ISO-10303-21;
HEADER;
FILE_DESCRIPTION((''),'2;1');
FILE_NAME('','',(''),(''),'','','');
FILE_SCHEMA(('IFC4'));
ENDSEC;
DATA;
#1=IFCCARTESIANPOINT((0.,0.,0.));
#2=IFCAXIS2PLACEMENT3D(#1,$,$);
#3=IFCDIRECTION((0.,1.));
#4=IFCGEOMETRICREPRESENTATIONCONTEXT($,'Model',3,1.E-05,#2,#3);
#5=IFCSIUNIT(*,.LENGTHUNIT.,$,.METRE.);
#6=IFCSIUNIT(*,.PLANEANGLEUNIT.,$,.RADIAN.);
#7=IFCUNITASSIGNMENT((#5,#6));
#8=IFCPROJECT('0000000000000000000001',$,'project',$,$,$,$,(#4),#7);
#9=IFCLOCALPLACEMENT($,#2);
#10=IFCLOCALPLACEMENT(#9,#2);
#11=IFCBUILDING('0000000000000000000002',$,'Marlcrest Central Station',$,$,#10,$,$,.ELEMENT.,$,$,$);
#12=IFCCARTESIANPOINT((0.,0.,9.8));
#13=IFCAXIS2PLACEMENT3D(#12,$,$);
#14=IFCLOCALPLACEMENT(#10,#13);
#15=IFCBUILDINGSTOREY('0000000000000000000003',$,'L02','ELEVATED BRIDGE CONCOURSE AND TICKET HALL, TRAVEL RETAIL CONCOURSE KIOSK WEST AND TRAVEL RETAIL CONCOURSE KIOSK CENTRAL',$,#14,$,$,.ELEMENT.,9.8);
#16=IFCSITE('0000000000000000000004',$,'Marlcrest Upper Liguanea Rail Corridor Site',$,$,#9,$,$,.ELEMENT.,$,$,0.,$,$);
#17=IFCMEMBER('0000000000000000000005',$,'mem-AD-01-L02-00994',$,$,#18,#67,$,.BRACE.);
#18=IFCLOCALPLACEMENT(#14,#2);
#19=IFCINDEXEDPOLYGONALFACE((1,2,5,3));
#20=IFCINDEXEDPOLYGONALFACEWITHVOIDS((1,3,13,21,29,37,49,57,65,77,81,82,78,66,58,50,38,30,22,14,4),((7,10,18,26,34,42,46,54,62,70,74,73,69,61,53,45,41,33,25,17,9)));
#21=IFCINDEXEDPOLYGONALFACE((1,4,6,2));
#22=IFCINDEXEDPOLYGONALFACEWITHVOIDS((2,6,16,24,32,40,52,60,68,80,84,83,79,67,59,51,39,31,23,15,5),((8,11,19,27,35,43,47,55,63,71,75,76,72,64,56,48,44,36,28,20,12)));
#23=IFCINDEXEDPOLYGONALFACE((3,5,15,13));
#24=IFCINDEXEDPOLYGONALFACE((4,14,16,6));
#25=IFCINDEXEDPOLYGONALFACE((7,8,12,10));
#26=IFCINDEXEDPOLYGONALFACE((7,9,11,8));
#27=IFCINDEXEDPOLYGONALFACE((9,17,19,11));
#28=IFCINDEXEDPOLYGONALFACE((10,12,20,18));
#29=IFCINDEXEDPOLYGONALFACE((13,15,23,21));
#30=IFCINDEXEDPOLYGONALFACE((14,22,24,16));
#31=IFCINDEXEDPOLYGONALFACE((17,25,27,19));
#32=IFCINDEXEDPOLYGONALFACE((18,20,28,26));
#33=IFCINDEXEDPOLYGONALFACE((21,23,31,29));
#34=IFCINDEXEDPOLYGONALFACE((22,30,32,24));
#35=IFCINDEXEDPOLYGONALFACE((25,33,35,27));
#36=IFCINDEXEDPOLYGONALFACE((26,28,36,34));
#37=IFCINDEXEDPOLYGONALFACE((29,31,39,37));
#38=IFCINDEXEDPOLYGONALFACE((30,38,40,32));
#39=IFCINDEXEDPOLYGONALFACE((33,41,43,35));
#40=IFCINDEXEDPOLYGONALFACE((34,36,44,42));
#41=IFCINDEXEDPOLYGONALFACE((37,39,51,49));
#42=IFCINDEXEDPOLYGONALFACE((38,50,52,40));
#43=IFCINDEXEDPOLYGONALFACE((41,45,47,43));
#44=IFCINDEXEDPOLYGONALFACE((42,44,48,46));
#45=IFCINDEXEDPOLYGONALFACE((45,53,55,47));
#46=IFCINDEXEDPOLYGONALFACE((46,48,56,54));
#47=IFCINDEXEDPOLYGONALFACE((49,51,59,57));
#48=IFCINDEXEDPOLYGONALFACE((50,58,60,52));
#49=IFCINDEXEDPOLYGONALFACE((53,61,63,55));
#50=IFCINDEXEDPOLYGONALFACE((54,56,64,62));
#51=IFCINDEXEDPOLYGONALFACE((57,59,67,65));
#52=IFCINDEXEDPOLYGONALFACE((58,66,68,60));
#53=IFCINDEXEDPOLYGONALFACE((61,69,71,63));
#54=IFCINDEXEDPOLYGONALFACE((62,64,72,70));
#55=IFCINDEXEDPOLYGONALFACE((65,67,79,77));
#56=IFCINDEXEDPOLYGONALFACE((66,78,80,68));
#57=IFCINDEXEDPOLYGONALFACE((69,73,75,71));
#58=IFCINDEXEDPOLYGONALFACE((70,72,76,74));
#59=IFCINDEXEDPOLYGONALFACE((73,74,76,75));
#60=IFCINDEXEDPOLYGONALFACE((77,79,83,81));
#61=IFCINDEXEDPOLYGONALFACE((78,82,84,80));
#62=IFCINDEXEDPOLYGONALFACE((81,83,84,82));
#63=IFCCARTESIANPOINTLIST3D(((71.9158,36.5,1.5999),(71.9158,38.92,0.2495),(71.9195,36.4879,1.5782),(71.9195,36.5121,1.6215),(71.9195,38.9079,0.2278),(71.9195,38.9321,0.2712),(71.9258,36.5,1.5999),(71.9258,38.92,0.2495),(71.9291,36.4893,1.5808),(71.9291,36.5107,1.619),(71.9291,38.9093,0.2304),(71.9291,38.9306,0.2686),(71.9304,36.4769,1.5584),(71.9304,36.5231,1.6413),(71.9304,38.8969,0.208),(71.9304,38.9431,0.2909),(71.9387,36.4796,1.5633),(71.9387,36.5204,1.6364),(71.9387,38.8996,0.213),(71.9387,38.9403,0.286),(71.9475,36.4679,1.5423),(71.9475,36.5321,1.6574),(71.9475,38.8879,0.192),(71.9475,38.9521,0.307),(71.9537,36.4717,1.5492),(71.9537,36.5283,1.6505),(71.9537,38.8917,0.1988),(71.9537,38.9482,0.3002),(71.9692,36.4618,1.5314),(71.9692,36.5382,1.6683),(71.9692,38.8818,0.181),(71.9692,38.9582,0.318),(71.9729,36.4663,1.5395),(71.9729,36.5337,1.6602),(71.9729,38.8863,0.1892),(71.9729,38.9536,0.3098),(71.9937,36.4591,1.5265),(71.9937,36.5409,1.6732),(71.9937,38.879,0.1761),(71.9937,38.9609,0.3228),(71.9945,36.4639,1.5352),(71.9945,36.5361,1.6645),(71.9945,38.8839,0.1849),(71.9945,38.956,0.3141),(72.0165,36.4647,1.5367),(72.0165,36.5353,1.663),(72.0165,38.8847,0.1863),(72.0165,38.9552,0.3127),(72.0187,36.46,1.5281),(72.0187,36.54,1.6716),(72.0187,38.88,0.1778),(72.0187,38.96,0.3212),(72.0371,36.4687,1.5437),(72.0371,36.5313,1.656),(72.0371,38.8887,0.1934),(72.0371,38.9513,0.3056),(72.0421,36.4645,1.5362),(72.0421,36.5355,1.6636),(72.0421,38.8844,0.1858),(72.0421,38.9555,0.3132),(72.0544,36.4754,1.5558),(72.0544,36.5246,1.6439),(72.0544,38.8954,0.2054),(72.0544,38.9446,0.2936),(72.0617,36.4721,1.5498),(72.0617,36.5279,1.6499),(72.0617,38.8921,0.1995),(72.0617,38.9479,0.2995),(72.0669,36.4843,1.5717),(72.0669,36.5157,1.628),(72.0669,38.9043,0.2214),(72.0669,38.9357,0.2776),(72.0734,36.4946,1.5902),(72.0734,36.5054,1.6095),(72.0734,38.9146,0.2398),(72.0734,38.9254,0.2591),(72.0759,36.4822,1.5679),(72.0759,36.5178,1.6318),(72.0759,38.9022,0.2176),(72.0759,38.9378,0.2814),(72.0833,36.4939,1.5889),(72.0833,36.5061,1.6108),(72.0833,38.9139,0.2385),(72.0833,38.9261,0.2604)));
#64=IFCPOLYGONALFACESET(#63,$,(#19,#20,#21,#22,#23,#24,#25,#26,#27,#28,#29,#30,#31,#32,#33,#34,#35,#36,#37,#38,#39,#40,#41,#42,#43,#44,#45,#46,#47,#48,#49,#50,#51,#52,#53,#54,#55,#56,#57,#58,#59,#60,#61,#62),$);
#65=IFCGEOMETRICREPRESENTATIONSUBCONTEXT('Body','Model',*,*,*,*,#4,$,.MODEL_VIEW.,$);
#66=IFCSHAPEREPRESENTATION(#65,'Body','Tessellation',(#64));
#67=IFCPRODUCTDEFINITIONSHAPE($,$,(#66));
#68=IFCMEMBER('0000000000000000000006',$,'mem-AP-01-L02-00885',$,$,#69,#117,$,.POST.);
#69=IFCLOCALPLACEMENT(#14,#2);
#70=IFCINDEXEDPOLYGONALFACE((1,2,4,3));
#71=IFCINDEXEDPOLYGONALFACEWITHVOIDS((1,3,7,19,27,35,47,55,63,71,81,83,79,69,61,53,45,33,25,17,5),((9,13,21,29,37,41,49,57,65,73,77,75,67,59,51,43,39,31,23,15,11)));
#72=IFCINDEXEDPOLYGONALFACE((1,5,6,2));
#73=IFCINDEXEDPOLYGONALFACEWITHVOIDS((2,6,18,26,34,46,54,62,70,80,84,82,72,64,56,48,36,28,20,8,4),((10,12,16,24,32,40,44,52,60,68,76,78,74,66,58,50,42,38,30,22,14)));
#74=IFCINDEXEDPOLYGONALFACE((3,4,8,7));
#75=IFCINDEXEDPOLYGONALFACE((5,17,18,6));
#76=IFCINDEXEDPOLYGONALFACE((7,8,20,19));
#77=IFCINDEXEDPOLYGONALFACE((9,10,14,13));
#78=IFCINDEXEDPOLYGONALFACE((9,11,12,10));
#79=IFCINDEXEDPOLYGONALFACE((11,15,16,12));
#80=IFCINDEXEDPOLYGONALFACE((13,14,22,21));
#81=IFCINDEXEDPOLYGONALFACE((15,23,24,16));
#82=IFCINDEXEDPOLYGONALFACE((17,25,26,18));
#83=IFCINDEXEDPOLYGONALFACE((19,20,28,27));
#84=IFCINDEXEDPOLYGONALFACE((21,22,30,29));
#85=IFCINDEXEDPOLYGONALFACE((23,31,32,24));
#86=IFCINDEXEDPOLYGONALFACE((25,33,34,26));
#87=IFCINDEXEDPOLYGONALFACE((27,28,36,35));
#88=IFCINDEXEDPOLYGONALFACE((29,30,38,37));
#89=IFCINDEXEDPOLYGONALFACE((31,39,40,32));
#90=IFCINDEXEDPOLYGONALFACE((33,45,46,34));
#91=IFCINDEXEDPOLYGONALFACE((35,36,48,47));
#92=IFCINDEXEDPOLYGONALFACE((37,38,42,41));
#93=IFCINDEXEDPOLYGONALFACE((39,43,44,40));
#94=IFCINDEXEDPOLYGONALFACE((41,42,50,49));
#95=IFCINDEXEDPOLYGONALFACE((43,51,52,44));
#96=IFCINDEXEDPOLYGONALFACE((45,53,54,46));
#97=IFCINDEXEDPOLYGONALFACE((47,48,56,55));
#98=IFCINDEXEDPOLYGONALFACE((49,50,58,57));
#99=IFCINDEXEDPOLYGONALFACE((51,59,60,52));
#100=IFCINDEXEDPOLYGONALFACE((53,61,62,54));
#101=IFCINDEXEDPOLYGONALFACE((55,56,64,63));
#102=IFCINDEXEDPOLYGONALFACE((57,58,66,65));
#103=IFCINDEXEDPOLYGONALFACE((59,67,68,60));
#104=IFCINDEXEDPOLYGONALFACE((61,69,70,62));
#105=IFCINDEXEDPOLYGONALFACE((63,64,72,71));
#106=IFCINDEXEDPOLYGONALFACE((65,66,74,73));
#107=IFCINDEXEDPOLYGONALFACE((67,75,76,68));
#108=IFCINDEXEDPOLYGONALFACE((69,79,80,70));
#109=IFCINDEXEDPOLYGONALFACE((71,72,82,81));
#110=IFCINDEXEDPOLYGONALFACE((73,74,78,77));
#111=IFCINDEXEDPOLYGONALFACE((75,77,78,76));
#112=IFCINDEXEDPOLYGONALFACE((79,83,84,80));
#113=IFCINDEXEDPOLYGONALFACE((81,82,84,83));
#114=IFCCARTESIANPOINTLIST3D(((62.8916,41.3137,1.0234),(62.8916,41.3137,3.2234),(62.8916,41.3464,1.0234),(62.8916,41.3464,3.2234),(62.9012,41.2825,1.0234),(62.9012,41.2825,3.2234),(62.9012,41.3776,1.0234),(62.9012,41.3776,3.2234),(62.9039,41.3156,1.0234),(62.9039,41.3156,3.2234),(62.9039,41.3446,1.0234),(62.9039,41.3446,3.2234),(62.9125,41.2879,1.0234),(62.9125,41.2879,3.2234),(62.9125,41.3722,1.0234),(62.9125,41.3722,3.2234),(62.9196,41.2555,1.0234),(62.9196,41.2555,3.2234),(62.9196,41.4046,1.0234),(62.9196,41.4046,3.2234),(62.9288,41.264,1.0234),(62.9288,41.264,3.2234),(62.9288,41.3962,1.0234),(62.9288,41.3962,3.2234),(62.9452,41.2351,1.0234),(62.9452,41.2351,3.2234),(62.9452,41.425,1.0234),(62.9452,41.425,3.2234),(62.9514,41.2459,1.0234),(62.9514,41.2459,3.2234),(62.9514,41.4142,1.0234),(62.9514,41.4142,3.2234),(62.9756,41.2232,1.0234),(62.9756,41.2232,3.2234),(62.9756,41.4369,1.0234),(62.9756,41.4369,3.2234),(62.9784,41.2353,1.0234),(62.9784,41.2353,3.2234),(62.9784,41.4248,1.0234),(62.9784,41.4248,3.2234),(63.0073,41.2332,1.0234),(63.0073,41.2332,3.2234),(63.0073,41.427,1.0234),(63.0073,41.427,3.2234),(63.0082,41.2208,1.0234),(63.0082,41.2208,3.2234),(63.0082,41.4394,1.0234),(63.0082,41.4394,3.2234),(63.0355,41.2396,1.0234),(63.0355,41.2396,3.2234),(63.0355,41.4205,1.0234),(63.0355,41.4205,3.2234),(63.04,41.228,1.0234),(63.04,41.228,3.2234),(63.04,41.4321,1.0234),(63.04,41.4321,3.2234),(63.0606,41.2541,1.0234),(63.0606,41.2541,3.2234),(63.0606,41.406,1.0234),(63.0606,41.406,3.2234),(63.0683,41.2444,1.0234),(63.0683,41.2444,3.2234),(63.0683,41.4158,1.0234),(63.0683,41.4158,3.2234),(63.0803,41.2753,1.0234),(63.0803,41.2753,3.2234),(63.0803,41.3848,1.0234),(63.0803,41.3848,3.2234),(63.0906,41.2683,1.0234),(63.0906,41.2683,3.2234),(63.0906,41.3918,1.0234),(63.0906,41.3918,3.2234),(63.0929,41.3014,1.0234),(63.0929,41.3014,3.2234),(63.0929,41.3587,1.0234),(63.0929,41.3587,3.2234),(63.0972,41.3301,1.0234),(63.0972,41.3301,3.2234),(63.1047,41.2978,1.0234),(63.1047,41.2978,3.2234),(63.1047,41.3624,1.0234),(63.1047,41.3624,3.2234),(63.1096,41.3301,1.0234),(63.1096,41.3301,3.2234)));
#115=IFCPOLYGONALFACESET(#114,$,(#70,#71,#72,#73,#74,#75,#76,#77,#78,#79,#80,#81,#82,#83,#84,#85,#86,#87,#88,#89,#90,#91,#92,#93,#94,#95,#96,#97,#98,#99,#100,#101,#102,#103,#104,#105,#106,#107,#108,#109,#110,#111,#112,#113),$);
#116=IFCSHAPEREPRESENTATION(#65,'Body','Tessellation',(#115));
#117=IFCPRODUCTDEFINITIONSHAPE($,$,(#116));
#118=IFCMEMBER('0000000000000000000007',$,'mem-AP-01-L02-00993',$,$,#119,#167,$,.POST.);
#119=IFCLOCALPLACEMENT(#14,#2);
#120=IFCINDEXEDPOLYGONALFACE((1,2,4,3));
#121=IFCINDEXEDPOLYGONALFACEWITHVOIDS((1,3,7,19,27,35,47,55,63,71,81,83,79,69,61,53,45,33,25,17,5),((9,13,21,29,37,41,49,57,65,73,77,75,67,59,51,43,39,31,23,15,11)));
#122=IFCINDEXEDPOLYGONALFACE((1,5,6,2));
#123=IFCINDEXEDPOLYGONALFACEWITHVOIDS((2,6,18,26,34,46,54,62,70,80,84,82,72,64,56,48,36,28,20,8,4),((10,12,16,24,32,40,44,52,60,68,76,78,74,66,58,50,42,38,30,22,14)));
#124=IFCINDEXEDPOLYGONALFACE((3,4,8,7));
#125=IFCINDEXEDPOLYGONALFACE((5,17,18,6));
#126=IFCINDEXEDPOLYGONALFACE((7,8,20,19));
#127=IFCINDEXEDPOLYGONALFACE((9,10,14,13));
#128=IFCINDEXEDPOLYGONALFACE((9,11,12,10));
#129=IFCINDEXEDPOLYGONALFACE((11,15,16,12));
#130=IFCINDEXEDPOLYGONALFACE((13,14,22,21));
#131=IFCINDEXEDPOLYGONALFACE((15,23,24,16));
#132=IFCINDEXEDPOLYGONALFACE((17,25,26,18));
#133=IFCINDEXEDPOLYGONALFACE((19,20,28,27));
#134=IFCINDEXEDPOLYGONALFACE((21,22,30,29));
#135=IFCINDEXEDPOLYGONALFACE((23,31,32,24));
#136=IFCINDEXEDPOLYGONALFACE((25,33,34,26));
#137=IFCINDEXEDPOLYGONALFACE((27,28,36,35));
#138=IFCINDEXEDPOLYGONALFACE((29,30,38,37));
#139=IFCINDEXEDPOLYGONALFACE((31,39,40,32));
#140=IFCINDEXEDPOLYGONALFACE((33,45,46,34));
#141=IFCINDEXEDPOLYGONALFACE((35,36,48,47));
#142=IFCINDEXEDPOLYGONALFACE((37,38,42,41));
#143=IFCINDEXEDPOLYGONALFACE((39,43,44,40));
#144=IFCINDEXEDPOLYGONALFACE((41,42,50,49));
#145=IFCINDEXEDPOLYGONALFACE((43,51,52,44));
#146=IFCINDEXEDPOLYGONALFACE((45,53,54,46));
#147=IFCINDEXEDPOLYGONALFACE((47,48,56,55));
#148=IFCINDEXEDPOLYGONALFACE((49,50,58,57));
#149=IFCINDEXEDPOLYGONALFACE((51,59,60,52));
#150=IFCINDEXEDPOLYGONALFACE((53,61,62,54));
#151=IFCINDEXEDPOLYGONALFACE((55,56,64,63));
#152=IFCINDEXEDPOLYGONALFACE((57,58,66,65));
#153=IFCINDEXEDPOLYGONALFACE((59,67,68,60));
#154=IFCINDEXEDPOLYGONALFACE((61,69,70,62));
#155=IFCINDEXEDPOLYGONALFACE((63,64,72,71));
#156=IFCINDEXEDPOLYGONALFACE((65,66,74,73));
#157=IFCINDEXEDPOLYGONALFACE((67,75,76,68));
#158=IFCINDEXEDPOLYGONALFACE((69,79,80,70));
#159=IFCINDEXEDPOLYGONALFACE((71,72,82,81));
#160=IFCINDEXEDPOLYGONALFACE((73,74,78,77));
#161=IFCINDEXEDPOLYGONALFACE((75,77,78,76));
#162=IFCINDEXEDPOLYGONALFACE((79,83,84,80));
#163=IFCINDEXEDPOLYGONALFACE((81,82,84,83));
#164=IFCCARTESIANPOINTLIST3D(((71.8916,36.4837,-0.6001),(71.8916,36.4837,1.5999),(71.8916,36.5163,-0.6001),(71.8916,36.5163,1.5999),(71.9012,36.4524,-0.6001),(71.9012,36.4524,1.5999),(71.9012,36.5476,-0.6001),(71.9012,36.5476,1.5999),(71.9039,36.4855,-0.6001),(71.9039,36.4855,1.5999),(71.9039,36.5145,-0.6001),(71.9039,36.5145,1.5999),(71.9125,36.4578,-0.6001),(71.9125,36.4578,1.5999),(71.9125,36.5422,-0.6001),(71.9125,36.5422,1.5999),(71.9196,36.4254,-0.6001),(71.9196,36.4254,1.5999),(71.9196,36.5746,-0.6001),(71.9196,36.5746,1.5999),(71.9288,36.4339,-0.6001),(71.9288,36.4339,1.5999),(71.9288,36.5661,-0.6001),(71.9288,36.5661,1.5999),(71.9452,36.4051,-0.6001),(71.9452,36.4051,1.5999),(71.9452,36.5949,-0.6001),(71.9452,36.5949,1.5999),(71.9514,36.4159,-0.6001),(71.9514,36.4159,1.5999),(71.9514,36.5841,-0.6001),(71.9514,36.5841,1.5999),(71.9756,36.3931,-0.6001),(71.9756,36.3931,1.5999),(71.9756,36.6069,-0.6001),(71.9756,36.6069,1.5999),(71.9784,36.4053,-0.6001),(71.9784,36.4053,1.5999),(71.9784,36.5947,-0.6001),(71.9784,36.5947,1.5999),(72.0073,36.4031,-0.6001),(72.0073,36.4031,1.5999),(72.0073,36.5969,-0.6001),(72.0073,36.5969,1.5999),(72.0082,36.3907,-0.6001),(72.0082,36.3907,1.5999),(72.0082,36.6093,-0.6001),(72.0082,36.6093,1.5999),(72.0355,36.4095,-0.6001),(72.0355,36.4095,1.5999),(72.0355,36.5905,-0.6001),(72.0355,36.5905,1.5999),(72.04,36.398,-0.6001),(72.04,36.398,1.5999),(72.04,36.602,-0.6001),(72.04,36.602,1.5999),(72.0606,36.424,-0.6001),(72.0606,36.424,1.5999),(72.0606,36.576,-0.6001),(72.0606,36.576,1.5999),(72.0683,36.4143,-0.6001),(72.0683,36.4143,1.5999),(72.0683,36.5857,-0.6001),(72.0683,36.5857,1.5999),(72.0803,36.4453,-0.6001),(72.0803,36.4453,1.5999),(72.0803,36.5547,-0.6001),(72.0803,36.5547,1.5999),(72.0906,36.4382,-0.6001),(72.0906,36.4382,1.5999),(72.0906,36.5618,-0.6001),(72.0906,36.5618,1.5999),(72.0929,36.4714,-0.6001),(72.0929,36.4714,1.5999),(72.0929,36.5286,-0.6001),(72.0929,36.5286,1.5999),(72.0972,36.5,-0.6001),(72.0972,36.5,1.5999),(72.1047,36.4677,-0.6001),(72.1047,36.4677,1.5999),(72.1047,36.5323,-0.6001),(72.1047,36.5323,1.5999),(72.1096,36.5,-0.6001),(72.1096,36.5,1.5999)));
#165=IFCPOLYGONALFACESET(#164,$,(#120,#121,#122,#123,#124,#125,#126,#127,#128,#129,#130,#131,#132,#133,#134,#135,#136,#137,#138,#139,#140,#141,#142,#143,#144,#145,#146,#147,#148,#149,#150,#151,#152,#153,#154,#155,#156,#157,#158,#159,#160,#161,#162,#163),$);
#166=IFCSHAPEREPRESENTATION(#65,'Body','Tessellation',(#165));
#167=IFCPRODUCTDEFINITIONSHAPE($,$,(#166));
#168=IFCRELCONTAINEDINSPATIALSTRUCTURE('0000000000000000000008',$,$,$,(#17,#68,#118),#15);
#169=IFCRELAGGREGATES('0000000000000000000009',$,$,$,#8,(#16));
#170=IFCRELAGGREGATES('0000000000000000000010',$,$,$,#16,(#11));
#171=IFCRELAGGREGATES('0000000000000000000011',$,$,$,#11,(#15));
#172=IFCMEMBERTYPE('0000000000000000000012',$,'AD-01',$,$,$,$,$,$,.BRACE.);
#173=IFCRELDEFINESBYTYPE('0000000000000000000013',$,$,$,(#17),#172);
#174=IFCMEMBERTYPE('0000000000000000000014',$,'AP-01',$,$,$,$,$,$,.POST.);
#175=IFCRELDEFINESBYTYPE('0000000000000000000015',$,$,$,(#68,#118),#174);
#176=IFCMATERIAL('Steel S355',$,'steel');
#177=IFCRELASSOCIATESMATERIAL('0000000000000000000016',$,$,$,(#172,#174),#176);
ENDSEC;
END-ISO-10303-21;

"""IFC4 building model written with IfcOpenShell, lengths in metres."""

from ifc_helpers import new_model, si_unit, direction, frame, origin, origin_2d, place, context, subcontext, project, spatial, hollow_circle, extrude, material, material_profile, profile_set, type_object, element, save


model = new_model("IFC4")

# Units and contexts
model_context = context("Model", 3, precision=1e-05, world=origin(), true_north=direction((0.0, 1.0)))
body_context = subcontext(model_context, "Body", "Model", "MODEL_VIEW")
ifc_project = project(units=[si_unit("LENGTHUNIT", "METRE"), si_unit("PLANEANGLEUNIT", "RADIAN")], contexts=[model_context])

# Site, building, storey
site_placement = place(None, origin())
site = spatial("IfcSite", under=ifc_project, at=site_placement, Name="Marlcrest Upper Liguanea Rail Corridor Site", CompositionType="ELEMENT", RefElevation=0.0)
building_placement = place(site_placement, origin())
building = spatial("IfcBuilding", under=site, at=building_placement, Name="Marlcrest Central Station", CompositionType="ELEMENT")
storey_placement = place(building_placement, frame((0.0, 0.0, 9.8)))
storey = spatial("IfcBuildingStorey", under=building, at=storey_placement, Name="L02", Description="ELEVATED BRIDGE CONCOURSE AND TICKET HALL, TRAVEL RETAIL CONCOURSE KIOSK WEST AND TRAVEL RETAIL CONCOURSE KIOSK CENTRAL", CompositionType="ELEMENT", Elevation=9.8)

# Members
ifc_material_1 = material(Name="Steel S355", Category="steel")
ifc_material_profile_1 = material_profile(ifc_material_1, hollow_circle(Radius=0.0842, WallThickness=0.01, at=origin_2d()), Name="CHS 168.3x10")
ifc_profile_set_1 = profile_set([ifc_material_profile_1], Name="Steel S355")
member_type_1 = type_object("IfcMemberType", Name="AD-01", PredefinedType="BRACE", material=ifc_profile_set_1)
member_1_placement = place(storey_placement, frame((72.0, 36.5, 1.5999), z_axis=(0.0, 0.873246, -0.48728), x_axis=(-1.0, 0.0, 0.0)))
element("IfcMember", 1, at=member_1_placement, inside=storey, type_object=member_type_1, Name="mem-AD-01-L02-00994", PredefinedType="BRACE", context=body_context, shape_type="SweptSolid", body=[
    extrude(hollow_circle(Radius=0.0842, WallThickness=0.01, at=origin_2d()), origin(), (0.0, 0.0, 1.0), 2.7712),
])
ifc_material_profile_2 = material_profile(ifc_material_1, hollow_circle(Radius=0.1096, WallThickness=0.0125, at=origin_2d()), Name="CHS 219.1x12.5")
ifc_profile_set_2 = profile_set([ifc_material_profile_2], Name="Steel S355")
member_type_2 = type_object("IfcMemberType", Name="AP-01", PredefinedType="POST", material=ifc_profile_set_2)
for number, where, z_axis, x_axis, name in (
    (2, (63.0, 41.3301, 1.0234), (0.0, 0.0, 1.0), (1.0, 0.0, 0.0), "mem-AP-01-L02-00885"),
    (3, (72.0, 36.5, -0.6001), (0.0, 0.0, 1.0), (1.0, 0.0, 0.0), "mem-AP-01-L02-00993"),
):
    element("IfcMember", number, at=place(storey_placement, frame(where, z_axis=z_axis, x_axis=x_axis)), inside=storey, type_object=member_type_2, Name=name, PredefinedType="POST", context=body_context, shape_type="SweptSolid", body=[
        extrude(hollow_circle(Radius=0.1096, WallThickness=0.0125, at=origin_2d()), origin(), (0.0, 0.0, 1.0), 2.2),
    ])

save(model, "model.ifc")
